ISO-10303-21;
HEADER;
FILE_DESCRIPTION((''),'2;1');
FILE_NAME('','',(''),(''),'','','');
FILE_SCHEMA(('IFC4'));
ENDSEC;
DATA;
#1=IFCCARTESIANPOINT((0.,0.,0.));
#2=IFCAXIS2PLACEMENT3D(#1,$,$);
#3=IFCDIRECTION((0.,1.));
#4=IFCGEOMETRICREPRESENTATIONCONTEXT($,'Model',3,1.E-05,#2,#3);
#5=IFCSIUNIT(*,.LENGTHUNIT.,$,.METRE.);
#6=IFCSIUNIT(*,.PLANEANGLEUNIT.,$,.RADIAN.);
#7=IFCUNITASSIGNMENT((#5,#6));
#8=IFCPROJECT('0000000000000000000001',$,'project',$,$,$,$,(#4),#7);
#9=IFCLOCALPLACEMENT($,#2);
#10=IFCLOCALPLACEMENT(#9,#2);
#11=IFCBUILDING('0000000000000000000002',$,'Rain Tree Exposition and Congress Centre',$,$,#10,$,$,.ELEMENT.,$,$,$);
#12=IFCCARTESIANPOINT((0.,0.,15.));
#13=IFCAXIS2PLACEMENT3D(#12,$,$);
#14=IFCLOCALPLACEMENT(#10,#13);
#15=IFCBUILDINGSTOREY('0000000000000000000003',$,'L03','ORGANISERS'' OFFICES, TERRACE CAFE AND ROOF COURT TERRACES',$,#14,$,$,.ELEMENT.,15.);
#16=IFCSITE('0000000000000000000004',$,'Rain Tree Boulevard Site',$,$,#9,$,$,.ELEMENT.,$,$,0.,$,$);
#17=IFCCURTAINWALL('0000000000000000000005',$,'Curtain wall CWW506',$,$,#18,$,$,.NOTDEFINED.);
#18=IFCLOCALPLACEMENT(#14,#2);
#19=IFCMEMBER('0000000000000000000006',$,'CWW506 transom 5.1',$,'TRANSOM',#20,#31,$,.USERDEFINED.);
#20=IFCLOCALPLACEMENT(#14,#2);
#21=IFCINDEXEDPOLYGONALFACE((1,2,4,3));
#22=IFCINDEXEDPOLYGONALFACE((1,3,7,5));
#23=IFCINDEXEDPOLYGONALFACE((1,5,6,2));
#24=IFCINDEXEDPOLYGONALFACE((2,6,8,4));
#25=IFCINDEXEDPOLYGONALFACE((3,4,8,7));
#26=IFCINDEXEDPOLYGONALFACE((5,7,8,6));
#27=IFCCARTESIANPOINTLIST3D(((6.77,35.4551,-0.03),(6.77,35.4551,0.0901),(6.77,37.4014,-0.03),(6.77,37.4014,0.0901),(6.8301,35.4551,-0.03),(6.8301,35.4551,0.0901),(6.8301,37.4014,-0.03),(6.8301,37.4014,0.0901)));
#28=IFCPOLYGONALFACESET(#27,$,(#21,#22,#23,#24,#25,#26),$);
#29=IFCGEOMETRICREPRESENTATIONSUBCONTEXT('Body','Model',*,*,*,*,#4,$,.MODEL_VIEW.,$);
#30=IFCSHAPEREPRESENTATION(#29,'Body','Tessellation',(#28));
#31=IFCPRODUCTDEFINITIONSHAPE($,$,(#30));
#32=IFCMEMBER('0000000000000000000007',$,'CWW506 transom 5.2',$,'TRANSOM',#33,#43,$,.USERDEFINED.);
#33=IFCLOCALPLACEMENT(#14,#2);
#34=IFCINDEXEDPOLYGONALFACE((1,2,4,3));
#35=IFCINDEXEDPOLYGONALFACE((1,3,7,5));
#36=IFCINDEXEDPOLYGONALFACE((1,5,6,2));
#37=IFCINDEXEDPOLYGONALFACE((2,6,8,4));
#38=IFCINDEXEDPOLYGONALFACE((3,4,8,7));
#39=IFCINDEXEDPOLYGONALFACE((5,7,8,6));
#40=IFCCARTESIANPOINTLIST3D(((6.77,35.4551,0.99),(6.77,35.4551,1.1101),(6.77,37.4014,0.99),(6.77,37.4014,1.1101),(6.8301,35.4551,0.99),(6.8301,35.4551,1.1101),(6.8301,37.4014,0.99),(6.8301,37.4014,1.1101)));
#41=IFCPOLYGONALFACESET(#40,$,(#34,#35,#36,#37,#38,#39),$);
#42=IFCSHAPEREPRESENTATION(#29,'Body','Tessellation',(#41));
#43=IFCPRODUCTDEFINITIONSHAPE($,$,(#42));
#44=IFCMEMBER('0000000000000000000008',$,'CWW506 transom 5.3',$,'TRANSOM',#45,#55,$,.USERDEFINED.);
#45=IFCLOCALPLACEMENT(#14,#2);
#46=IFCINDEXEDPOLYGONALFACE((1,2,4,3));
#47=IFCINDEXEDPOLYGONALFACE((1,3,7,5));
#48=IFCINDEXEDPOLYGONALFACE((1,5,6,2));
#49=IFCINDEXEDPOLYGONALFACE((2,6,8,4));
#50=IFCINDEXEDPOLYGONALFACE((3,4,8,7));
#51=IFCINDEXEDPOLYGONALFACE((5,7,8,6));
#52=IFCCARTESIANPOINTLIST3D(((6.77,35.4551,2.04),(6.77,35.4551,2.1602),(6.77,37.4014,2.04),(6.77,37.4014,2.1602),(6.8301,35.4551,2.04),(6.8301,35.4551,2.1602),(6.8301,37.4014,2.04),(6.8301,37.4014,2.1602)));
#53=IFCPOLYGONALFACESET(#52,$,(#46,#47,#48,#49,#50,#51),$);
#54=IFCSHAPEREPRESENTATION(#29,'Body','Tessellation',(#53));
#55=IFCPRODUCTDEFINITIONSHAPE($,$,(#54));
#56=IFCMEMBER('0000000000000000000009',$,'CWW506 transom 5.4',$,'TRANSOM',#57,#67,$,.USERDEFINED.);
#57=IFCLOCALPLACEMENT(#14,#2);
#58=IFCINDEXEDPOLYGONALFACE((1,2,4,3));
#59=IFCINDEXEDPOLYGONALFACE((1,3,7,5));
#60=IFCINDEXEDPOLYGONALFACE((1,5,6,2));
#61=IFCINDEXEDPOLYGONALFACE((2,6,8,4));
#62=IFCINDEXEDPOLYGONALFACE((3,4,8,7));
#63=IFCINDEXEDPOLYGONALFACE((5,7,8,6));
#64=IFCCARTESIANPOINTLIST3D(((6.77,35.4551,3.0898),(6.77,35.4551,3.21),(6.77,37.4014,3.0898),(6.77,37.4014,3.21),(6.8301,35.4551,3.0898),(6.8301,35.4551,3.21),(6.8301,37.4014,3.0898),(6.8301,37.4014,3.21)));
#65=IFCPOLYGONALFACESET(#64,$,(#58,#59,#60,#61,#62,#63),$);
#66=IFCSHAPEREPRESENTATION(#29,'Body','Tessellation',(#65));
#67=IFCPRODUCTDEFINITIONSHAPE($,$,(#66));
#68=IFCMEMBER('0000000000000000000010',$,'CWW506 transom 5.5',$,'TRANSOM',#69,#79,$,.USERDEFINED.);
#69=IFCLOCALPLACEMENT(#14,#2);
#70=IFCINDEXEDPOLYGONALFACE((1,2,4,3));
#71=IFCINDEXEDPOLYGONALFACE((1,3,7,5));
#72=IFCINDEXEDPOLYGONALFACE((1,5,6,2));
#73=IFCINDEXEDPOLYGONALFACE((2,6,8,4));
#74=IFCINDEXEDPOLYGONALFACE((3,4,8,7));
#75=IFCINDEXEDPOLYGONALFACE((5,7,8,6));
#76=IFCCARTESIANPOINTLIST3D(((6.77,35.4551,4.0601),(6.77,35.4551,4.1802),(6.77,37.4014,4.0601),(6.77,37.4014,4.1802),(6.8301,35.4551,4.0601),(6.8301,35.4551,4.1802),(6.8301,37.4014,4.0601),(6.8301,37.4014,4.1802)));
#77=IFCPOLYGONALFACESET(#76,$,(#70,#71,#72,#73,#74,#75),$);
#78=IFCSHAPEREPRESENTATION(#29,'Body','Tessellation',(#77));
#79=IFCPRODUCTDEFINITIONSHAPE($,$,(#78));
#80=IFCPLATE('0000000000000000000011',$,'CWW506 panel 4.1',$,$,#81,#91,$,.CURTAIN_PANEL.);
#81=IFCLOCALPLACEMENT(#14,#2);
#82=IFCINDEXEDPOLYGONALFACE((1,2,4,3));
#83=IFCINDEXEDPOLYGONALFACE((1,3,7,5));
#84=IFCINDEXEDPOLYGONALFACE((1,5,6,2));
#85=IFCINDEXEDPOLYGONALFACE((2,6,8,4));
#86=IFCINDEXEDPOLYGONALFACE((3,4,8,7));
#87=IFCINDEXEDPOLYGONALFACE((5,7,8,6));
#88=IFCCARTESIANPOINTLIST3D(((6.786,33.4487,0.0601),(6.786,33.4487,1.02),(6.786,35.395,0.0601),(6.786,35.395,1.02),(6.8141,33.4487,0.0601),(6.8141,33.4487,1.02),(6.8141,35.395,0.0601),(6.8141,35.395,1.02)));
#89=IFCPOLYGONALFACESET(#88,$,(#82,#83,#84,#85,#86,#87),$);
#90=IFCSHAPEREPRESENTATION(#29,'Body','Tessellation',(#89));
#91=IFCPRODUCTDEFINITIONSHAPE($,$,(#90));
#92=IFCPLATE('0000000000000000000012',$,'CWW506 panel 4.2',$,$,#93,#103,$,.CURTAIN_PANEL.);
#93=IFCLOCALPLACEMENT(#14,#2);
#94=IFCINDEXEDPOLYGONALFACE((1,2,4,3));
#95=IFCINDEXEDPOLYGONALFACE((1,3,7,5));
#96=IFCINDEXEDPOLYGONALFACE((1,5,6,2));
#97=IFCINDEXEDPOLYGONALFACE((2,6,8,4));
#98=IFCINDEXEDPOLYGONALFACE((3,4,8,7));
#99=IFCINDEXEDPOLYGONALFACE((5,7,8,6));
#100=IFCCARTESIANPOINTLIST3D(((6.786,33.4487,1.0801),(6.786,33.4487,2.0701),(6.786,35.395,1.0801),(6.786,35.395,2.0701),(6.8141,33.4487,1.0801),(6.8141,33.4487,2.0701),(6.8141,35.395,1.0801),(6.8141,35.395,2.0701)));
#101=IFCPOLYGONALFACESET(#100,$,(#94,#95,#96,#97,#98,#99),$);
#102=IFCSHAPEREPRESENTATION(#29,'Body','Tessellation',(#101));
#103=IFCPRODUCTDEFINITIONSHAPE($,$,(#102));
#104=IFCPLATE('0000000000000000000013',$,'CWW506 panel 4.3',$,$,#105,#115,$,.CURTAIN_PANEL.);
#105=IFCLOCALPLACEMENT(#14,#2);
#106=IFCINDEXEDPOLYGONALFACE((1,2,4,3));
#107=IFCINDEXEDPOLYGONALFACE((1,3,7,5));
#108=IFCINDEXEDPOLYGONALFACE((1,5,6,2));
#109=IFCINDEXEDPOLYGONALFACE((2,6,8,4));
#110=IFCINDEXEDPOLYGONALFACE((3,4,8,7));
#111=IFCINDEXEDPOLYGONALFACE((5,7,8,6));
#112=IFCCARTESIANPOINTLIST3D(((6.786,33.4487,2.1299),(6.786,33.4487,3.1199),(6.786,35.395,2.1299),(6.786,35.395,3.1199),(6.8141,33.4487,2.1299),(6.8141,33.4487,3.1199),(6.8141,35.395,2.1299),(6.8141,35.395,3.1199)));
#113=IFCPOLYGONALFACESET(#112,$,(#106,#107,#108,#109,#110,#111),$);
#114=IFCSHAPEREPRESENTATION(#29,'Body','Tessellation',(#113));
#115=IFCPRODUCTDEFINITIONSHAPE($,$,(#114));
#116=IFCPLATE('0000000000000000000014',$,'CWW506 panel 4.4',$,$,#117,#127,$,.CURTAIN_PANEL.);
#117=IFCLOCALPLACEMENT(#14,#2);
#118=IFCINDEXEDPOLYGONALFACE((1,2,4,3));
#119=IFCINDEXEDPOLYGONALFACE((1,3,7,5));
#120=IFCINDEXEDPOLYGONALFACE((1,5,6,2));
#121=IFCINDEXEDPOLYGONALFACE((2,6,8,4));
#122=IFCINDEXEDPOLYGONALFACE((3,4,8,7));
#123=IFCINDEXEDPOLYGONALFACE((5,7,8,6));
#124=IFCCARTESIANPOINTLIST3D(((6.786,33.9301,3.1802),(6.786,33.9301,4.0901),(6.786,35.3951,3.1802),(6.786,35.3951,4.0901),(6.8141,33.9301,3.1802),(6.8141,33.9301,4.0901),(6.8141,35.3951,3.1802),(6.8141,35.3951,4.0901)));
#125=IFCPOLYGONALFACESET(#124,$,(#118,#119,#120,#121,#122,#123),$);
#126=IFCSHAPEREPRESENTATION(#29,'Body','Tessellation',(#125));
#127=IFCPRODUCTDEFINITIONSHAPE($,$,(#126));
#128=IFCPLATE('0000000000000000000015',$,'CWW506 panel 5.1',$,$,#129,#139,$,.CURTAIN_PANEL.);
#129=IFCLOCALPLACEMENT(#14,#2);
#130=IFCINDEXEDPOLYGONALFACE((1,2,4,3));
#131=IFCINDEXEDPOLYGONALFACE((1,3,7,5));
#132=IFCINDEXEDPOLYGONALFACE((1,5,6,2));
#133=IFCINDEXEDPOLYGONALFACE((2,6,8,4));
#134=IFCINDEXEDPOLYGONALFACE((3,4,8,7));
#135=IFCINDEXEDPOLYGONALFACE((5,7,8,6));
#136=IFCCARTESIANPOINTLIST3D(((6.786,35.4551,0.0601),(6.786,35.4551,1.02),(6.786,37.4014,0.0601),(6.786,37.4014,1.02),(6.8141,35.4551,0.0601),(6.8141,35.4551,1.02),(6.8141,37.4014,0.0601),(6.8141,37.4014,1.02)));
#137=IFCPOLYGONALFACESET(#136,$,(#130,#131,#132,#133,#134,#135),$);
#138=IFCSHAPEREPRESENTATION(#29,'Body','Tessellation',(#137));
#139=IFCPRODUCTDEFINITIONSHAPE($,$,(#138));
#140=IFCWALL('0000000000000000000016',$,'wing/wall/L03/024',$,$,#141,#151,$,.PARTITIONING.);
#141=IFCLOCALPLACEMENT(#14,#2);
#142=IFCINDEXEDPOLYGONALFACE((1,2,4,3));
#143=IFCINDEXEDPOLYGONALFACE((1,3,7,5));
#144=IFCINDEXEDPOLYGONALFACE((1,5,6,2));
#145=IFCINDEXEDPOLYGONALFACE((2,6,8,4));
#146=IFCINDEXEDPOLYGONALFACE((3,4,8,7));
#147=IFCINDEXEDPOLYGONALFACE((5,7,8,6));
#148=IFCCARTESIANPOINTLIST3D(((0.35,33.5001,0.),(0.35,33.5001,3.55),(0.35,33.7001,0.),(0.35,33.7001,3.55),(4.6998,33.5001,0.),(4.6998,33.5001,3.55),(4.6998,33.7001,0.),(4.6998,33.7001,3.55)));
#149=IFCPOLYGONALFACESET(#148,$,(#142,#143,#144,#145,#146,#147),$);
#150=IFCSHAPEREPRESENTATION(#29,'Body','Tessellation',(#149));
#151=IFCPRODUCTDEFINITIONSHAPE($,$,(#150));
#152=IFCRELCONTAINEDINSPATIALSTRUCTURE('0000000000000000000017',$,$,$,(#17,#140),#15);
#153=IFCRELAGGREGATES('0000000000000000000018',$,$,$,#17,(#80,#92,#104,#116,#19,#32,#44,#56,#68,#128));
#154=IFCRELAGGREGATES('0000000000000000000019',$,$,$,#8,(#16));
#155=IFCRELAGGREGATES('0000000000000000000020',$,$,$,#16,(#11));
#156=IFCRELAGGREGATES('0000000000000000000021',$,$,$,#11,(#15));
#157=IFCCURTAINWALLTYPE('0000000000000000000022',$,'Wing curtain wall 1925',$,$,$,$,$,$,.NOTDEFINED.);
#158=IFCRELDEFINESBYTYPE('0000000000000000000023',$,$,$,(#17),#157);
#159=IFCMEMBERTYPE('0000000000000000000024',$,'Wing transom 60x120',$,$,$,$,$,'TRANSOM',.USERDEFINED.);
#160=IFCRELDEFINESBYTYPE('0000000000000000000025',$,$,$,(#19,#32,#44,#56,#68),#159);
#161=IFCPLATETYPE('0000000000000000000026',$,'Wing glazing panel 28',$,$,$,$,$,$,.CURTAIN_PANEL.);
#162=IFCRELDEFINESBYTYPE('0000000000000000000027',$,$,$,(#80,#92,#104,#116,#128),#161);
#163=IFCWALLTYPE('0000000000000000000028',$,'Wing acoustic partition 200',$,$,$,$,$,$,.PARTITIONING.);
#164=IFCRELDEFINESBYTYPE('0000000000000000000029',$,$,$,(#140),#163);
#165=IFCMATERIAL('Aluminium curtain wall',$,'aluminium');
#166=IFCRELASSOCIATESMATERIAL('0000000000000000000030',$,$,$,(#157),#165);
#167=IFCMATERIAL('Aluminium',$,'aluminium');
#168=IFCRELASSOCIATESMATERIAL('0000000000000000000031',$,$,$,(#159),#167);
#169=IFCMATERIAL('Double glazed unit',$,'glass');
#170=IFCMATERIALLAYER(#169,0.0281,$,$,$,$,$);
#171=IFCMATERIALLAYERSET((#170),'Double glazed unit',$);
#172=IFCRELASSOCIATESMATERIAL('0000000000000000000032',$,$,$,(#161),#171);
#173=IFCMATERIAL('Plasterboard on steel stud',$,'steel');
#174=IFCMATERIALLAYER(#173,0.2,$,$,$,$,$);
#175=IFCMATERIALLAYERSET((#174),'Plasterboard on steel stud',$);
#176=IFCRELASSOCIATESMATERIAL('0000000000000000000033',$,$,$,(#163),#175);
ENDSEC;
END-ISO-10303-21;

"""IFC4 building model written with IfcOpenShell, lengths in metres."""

from ifc_helpers import new_model, si_unit, direction, frame, frame_2d, origin, origin_2d, place, context, subcontext, project, spatial, rectangle, extrude, material, layer, layer_set, material_profile, profile_set, type_object, element, aggregate, save


model = new_model("IFC4")

# Units and contexts
model_context = context("Model", 3, precision=1e-05, world=origin(), true_north=direction((0.0, 1.0)))
body_context = subcontext(model_context, "Body", "Model", "MODEL_VIEW")
ifc_project = project(units=[si_unit("LENGTHUNIT", "METRE"), si_unit("PLANEANGLEUNIT", "RADIAN")], contexts=[model_context])

# Site, building, storey
site_placement = place(None, origin())
site = spatial("IfcSite", under=ifc_project, at=site_placement, Name="Rain Tree Boulevard Site", CompositionType="ELEMENT", RefElevation=0.0)
building_placement = place(site_placement, origin())
building = spatial("IfcBuilding", under=site, at=building_placement, Name="Rain Tree Exposition and Congress Centre", CompositionType="ELEMENT")
storey_placement = place(building_placement, frame((0.0, 0.0, 15.0)))
storey = spatial("IfcBuildingStorey", under=building, at=storey_placement, Name="L03", Description="ORGANISERS' OFFICES, TERRACE CAFE AND ROOF COURT TERRACES", CompositionType="ELEMENT", Elevation=15.0)

# Curtain wall
ifc_material_1 = material(Name="Aluminium curtain wall", Category="aluminium")
curtain_wall_type = type_object("IfcCurtainWallType", Name="Wing curtain wall 1925", PredefinedType="NOTDEFINED", material=ifc_material_1)
curtain_wall_1_placement = place(storey_placement, origin())
curtain_wall_1 = element("IfcCurtainWall", 1, at=curtain_wall_1_placement, inside=storey, type_object=curtain_wall_type, Name="Curtain wall CWW506", PredefinedType="NOTDEFINED")

# Members
ifc_material_2 = material(Name="Aluminium", Category="aluminium")
ifc_material_profile_1 = material_profile(ifc_material_2, rectangle(XDim=0.0601, YDim=0.1201, at=origin_2d()), Name="Aluminium 60x120")
ifc_profile_set_1 = profile_set([ifc_material_profile_1], Name="Aluminium")
member_type_1 = type_object("IfcMemberType", Name="Wing transom 60x120", ElementType="TRANSOM", PredefinedType="USERDEFINED", material=ifc_profile_set_1)
member_1_placement = place(storey_placement, frame((6.8, 35.4551, 0.03), z_axis=(0.0, 1.0, 0.0), x_axis=(-1.0, 0.0, 0.0)))
member_1 = element("IfcMember", 2, at=member_1_placement, type_object=member_type_1, Name="CWW506 transom 5.1", ObjectType="TRANSOM", PredefinedType="USERDEFINED", context=body_context, shape_type="SweptSolid", body=[
    extrude(rectangle(XDim=0.0601, YDim=0.1201, at=origin_2d()), origin(), (0.0, 0.0, 1.0), 1.9463),
])
member_2_placement = place(storey_placement, frame((6.8, 35.4551, 1.05), z_axis=(0.0, 1.0, 0.0), x_axis=(-1.0, 0.0, 0.0)))
member_2 = element("IfcMember", 3, at=member_2_placement, type_object=member_type_1, Name="CWW506 transom 5.2", ObjectType="TRANSOM", PredefinedType="USERDEFINED", context=body_context, shape_type="SweptSolid", body=[
    extrude(rectangle(XDim=0.0601, YDim=0.1201, at=origin_2d()), origin(), (0.0, 0.0, 1.0), 1.9463),
])
member_3_placement = place(storey_placement, frame((6.8, 35.4551, 2.1001), z_axis=(0.0, 1.0, 0.0), x_axis=(-1.0, 0.0, 0.0)))
member_3 = element("IfcMember", 4, at=member_3_placement, type_object=member_type_1, Name="CWW506 transom 5.3", ObjectType="TRANSOM", PredefinedType="USERDEFINED", context=body_context, shape_type="SweptSolid", body=[
    extrude(rectangle(XDim=0.0601, YDim=0.1201, at=origin_2d()), origin(), (0.0, 0.0, 1.0), 1.9463),
])
member_4_placement = place(storey_placement, frame((6.8, 35.4551, 3.1499), z_axis=(0.0, 1.0, 0.0), x_axis=(-1.0, 0.0, 0.0)))
member_4 = element("IfcMember", 5, at=member_4_placement, type_object=member_type_1, Name="CWW506 transom 5.4", ObjectType="TRANSOM", PredefinedType="USERDEFINED", context=body_context, shape_type="SweptSolid", body=[
    extrude(rectangle(XDim=0.0601, YDim=0.1201, at=origin_2d()), origin(), (0.0, 0.0, 1.0), 1.9463),
])
member_5_placement = place(storey_placement, frame((6.8, 35.4551, 4.1201), z_axis=(0.0, 1.0, 0.0), x_axis=(-1.0, 0.0, 0.0)))
member_5 = element("IfcMember", 6, at=member_5_placement, type_object=member_type_1, Name="CWW506 transom 5.5", ObjectType="TRANSOM", PredefinedType="USERDEFINED", context=body_context, shape_type="SweptSolid", body=[
    extrude(rectangle(XDim=0.0601, YDim=0.1201, at=origin_2d()), origin(), (0.0, 0.0, 1.0), 1.9463),
])

# Plates
ifc_material_3 = material(Name="Double glazed unit", Category="glass")
ifc_layer_1 = layer(ifc_material_3, 0.0281)
ifc_layer_set_1 = layer_set([ifc_layer_1], Name="Double glazed unit")
plate_type = type_object("IfcPlateType", Name="Wing glazing panel 28", PredefinedType="CURTAIN_PANEL", material=ifc_layer_set_1)
plate_1_placement = place(storey_placement, frame((6.8, 34.4219, 0.0601), z_axis=(0.0, 0.0, 1.0), x_axis=(0.0, 1.0, 0.0)))
plate_1 = element("IfcPlate", 7, at=plate_1_placement, type_object=plate_type, Name="CWW506 panel 4.1", PredefinedType="CURTAIN_PANEL", context=body_context, shape_type="SweptSolid", body=[
    extrude(rectangle(XDim=1.9463, YDim=0.0281, at=origin_2d()), origin(), (0.0, 0.0, 1.0), 0.96),
])
plate_2_placement = place(storey_placement, frame((6.8, 34.4219, 1.0801), z_axis=(0.0, 0.0, 1.0), x_axis=(0.0, 1.0, 0.0)))
plate_2 = element("IfcPlate", 8, at=plate_2_placement, type_object=plate_type, Name="CWW506 panel 4.2", PredefinedType="CURTAIN_PANEL", context=body_context, shape_type="SweptSolid", body=[
    extrude(rectangle(XDim=1.9463, YDim=0.0281, at=origin_2d()), origin(), (0.0, 0.0, 1.0), 0.99),
])
plate_3_placement = place(storey_placement, frame((6.8, 34.4219, 2.1299), z_axis=(0.0, 0.0, 1.0), x_axis=(0.0, 1.0, 0.0)))
plate_3 = element("IfcPlate", 9, at=plate_3_placement, type_object=plate_type, Name="CWW506 panel 4.3", PredefinedType="CURTAIN_PANEL", context=body_context, shape_type="SweptSolid", body=[
    extrude(rectangle(XDim=1.9463, YDim=0.0281, at=origin_2d()), origin(), (0.0, 0.0, 1.0), 0.99),
])
plate_4_placement = place(storey_placement, frame((6.8, 34.6626, 3.1802), z_axis=(0.0, 0.0, 1.0), x_axis=(0.0, 1.0, 0.0)))
plate_4 = element("IfcPlate", 10, at=plate_4_placement, type_object=plate_type, Name="CWW506 panel 4.4", PredefinedType="CURTAIN_PANEL", context=body_context, shape_type="SweptSolid", body=[
    extrude(rectangle(XDim=1.4651, YDim=0.0281, at=origin_2d()), origin(), (0.0, 0.0, 1.0), 0.9099),
])
plate_5_placement = place(storey_placement, frame((6.8, 36.4282, 0.0601), z_axis=(0.0, 0.0, 1.0), x_axis=(0.0, 1.0, 0.0)))
plate_5 = element("IfcPlate", 11, at=plate_5_placement, type_object=plate_type, Name="CWW506 panel 5.1", PredefinedType="CURTAIN_PANEL", context=body_context, shape_type="SweptSolid", body=[
    extrude(rectangle(XDim=1.9463, YDim=0.0281, at=origin_2d()), origin(), (0.0, 0.0, 1.0), 0.96),
])
aggregate(curtain_wall_1, [plate_1, plate_2, plate_3, plate_4, member_1, member_2, member_3, member_4, member_5, plate_5])

# Wall
ifc_material_4 = material(Name="Plasterboard on steel stud", Category="steel")
ifc_layer_2 = layer(ifc_material_4, 0.2)
ifc_layer_set_2 = layer_set([ifc_layer_2], Name="Plasterboard on steel stud")
wall_type = type_object("IfcWallType", Name="Wing acoustic partition 200", PredefinedType="PARTITIONING", material=ifc_layer_set_2)
wall_1_placement = place(storey_placement, frame((0.3501, 33.6001, 0.0), z_axis=(0.0, 0.0, 1.0), x_axis=(1.0, 0.0, 0.0)))
element("IfcWall", 12, at=wall_1_placement, inside=storey, type_object=wall_type, Name="wing/wall/L03/024", PredefinedType="PARTITIONING", context=body_context, shape_type="SweptSolid", body=[
    extrude(rectangle(XDim=4.3499, YDim=0.2, at=frame_2d((2.1748, 0.0))), origin(), (0.0, 0.0, 1.0), 3.55),
])

save(model, "model.ifc")
